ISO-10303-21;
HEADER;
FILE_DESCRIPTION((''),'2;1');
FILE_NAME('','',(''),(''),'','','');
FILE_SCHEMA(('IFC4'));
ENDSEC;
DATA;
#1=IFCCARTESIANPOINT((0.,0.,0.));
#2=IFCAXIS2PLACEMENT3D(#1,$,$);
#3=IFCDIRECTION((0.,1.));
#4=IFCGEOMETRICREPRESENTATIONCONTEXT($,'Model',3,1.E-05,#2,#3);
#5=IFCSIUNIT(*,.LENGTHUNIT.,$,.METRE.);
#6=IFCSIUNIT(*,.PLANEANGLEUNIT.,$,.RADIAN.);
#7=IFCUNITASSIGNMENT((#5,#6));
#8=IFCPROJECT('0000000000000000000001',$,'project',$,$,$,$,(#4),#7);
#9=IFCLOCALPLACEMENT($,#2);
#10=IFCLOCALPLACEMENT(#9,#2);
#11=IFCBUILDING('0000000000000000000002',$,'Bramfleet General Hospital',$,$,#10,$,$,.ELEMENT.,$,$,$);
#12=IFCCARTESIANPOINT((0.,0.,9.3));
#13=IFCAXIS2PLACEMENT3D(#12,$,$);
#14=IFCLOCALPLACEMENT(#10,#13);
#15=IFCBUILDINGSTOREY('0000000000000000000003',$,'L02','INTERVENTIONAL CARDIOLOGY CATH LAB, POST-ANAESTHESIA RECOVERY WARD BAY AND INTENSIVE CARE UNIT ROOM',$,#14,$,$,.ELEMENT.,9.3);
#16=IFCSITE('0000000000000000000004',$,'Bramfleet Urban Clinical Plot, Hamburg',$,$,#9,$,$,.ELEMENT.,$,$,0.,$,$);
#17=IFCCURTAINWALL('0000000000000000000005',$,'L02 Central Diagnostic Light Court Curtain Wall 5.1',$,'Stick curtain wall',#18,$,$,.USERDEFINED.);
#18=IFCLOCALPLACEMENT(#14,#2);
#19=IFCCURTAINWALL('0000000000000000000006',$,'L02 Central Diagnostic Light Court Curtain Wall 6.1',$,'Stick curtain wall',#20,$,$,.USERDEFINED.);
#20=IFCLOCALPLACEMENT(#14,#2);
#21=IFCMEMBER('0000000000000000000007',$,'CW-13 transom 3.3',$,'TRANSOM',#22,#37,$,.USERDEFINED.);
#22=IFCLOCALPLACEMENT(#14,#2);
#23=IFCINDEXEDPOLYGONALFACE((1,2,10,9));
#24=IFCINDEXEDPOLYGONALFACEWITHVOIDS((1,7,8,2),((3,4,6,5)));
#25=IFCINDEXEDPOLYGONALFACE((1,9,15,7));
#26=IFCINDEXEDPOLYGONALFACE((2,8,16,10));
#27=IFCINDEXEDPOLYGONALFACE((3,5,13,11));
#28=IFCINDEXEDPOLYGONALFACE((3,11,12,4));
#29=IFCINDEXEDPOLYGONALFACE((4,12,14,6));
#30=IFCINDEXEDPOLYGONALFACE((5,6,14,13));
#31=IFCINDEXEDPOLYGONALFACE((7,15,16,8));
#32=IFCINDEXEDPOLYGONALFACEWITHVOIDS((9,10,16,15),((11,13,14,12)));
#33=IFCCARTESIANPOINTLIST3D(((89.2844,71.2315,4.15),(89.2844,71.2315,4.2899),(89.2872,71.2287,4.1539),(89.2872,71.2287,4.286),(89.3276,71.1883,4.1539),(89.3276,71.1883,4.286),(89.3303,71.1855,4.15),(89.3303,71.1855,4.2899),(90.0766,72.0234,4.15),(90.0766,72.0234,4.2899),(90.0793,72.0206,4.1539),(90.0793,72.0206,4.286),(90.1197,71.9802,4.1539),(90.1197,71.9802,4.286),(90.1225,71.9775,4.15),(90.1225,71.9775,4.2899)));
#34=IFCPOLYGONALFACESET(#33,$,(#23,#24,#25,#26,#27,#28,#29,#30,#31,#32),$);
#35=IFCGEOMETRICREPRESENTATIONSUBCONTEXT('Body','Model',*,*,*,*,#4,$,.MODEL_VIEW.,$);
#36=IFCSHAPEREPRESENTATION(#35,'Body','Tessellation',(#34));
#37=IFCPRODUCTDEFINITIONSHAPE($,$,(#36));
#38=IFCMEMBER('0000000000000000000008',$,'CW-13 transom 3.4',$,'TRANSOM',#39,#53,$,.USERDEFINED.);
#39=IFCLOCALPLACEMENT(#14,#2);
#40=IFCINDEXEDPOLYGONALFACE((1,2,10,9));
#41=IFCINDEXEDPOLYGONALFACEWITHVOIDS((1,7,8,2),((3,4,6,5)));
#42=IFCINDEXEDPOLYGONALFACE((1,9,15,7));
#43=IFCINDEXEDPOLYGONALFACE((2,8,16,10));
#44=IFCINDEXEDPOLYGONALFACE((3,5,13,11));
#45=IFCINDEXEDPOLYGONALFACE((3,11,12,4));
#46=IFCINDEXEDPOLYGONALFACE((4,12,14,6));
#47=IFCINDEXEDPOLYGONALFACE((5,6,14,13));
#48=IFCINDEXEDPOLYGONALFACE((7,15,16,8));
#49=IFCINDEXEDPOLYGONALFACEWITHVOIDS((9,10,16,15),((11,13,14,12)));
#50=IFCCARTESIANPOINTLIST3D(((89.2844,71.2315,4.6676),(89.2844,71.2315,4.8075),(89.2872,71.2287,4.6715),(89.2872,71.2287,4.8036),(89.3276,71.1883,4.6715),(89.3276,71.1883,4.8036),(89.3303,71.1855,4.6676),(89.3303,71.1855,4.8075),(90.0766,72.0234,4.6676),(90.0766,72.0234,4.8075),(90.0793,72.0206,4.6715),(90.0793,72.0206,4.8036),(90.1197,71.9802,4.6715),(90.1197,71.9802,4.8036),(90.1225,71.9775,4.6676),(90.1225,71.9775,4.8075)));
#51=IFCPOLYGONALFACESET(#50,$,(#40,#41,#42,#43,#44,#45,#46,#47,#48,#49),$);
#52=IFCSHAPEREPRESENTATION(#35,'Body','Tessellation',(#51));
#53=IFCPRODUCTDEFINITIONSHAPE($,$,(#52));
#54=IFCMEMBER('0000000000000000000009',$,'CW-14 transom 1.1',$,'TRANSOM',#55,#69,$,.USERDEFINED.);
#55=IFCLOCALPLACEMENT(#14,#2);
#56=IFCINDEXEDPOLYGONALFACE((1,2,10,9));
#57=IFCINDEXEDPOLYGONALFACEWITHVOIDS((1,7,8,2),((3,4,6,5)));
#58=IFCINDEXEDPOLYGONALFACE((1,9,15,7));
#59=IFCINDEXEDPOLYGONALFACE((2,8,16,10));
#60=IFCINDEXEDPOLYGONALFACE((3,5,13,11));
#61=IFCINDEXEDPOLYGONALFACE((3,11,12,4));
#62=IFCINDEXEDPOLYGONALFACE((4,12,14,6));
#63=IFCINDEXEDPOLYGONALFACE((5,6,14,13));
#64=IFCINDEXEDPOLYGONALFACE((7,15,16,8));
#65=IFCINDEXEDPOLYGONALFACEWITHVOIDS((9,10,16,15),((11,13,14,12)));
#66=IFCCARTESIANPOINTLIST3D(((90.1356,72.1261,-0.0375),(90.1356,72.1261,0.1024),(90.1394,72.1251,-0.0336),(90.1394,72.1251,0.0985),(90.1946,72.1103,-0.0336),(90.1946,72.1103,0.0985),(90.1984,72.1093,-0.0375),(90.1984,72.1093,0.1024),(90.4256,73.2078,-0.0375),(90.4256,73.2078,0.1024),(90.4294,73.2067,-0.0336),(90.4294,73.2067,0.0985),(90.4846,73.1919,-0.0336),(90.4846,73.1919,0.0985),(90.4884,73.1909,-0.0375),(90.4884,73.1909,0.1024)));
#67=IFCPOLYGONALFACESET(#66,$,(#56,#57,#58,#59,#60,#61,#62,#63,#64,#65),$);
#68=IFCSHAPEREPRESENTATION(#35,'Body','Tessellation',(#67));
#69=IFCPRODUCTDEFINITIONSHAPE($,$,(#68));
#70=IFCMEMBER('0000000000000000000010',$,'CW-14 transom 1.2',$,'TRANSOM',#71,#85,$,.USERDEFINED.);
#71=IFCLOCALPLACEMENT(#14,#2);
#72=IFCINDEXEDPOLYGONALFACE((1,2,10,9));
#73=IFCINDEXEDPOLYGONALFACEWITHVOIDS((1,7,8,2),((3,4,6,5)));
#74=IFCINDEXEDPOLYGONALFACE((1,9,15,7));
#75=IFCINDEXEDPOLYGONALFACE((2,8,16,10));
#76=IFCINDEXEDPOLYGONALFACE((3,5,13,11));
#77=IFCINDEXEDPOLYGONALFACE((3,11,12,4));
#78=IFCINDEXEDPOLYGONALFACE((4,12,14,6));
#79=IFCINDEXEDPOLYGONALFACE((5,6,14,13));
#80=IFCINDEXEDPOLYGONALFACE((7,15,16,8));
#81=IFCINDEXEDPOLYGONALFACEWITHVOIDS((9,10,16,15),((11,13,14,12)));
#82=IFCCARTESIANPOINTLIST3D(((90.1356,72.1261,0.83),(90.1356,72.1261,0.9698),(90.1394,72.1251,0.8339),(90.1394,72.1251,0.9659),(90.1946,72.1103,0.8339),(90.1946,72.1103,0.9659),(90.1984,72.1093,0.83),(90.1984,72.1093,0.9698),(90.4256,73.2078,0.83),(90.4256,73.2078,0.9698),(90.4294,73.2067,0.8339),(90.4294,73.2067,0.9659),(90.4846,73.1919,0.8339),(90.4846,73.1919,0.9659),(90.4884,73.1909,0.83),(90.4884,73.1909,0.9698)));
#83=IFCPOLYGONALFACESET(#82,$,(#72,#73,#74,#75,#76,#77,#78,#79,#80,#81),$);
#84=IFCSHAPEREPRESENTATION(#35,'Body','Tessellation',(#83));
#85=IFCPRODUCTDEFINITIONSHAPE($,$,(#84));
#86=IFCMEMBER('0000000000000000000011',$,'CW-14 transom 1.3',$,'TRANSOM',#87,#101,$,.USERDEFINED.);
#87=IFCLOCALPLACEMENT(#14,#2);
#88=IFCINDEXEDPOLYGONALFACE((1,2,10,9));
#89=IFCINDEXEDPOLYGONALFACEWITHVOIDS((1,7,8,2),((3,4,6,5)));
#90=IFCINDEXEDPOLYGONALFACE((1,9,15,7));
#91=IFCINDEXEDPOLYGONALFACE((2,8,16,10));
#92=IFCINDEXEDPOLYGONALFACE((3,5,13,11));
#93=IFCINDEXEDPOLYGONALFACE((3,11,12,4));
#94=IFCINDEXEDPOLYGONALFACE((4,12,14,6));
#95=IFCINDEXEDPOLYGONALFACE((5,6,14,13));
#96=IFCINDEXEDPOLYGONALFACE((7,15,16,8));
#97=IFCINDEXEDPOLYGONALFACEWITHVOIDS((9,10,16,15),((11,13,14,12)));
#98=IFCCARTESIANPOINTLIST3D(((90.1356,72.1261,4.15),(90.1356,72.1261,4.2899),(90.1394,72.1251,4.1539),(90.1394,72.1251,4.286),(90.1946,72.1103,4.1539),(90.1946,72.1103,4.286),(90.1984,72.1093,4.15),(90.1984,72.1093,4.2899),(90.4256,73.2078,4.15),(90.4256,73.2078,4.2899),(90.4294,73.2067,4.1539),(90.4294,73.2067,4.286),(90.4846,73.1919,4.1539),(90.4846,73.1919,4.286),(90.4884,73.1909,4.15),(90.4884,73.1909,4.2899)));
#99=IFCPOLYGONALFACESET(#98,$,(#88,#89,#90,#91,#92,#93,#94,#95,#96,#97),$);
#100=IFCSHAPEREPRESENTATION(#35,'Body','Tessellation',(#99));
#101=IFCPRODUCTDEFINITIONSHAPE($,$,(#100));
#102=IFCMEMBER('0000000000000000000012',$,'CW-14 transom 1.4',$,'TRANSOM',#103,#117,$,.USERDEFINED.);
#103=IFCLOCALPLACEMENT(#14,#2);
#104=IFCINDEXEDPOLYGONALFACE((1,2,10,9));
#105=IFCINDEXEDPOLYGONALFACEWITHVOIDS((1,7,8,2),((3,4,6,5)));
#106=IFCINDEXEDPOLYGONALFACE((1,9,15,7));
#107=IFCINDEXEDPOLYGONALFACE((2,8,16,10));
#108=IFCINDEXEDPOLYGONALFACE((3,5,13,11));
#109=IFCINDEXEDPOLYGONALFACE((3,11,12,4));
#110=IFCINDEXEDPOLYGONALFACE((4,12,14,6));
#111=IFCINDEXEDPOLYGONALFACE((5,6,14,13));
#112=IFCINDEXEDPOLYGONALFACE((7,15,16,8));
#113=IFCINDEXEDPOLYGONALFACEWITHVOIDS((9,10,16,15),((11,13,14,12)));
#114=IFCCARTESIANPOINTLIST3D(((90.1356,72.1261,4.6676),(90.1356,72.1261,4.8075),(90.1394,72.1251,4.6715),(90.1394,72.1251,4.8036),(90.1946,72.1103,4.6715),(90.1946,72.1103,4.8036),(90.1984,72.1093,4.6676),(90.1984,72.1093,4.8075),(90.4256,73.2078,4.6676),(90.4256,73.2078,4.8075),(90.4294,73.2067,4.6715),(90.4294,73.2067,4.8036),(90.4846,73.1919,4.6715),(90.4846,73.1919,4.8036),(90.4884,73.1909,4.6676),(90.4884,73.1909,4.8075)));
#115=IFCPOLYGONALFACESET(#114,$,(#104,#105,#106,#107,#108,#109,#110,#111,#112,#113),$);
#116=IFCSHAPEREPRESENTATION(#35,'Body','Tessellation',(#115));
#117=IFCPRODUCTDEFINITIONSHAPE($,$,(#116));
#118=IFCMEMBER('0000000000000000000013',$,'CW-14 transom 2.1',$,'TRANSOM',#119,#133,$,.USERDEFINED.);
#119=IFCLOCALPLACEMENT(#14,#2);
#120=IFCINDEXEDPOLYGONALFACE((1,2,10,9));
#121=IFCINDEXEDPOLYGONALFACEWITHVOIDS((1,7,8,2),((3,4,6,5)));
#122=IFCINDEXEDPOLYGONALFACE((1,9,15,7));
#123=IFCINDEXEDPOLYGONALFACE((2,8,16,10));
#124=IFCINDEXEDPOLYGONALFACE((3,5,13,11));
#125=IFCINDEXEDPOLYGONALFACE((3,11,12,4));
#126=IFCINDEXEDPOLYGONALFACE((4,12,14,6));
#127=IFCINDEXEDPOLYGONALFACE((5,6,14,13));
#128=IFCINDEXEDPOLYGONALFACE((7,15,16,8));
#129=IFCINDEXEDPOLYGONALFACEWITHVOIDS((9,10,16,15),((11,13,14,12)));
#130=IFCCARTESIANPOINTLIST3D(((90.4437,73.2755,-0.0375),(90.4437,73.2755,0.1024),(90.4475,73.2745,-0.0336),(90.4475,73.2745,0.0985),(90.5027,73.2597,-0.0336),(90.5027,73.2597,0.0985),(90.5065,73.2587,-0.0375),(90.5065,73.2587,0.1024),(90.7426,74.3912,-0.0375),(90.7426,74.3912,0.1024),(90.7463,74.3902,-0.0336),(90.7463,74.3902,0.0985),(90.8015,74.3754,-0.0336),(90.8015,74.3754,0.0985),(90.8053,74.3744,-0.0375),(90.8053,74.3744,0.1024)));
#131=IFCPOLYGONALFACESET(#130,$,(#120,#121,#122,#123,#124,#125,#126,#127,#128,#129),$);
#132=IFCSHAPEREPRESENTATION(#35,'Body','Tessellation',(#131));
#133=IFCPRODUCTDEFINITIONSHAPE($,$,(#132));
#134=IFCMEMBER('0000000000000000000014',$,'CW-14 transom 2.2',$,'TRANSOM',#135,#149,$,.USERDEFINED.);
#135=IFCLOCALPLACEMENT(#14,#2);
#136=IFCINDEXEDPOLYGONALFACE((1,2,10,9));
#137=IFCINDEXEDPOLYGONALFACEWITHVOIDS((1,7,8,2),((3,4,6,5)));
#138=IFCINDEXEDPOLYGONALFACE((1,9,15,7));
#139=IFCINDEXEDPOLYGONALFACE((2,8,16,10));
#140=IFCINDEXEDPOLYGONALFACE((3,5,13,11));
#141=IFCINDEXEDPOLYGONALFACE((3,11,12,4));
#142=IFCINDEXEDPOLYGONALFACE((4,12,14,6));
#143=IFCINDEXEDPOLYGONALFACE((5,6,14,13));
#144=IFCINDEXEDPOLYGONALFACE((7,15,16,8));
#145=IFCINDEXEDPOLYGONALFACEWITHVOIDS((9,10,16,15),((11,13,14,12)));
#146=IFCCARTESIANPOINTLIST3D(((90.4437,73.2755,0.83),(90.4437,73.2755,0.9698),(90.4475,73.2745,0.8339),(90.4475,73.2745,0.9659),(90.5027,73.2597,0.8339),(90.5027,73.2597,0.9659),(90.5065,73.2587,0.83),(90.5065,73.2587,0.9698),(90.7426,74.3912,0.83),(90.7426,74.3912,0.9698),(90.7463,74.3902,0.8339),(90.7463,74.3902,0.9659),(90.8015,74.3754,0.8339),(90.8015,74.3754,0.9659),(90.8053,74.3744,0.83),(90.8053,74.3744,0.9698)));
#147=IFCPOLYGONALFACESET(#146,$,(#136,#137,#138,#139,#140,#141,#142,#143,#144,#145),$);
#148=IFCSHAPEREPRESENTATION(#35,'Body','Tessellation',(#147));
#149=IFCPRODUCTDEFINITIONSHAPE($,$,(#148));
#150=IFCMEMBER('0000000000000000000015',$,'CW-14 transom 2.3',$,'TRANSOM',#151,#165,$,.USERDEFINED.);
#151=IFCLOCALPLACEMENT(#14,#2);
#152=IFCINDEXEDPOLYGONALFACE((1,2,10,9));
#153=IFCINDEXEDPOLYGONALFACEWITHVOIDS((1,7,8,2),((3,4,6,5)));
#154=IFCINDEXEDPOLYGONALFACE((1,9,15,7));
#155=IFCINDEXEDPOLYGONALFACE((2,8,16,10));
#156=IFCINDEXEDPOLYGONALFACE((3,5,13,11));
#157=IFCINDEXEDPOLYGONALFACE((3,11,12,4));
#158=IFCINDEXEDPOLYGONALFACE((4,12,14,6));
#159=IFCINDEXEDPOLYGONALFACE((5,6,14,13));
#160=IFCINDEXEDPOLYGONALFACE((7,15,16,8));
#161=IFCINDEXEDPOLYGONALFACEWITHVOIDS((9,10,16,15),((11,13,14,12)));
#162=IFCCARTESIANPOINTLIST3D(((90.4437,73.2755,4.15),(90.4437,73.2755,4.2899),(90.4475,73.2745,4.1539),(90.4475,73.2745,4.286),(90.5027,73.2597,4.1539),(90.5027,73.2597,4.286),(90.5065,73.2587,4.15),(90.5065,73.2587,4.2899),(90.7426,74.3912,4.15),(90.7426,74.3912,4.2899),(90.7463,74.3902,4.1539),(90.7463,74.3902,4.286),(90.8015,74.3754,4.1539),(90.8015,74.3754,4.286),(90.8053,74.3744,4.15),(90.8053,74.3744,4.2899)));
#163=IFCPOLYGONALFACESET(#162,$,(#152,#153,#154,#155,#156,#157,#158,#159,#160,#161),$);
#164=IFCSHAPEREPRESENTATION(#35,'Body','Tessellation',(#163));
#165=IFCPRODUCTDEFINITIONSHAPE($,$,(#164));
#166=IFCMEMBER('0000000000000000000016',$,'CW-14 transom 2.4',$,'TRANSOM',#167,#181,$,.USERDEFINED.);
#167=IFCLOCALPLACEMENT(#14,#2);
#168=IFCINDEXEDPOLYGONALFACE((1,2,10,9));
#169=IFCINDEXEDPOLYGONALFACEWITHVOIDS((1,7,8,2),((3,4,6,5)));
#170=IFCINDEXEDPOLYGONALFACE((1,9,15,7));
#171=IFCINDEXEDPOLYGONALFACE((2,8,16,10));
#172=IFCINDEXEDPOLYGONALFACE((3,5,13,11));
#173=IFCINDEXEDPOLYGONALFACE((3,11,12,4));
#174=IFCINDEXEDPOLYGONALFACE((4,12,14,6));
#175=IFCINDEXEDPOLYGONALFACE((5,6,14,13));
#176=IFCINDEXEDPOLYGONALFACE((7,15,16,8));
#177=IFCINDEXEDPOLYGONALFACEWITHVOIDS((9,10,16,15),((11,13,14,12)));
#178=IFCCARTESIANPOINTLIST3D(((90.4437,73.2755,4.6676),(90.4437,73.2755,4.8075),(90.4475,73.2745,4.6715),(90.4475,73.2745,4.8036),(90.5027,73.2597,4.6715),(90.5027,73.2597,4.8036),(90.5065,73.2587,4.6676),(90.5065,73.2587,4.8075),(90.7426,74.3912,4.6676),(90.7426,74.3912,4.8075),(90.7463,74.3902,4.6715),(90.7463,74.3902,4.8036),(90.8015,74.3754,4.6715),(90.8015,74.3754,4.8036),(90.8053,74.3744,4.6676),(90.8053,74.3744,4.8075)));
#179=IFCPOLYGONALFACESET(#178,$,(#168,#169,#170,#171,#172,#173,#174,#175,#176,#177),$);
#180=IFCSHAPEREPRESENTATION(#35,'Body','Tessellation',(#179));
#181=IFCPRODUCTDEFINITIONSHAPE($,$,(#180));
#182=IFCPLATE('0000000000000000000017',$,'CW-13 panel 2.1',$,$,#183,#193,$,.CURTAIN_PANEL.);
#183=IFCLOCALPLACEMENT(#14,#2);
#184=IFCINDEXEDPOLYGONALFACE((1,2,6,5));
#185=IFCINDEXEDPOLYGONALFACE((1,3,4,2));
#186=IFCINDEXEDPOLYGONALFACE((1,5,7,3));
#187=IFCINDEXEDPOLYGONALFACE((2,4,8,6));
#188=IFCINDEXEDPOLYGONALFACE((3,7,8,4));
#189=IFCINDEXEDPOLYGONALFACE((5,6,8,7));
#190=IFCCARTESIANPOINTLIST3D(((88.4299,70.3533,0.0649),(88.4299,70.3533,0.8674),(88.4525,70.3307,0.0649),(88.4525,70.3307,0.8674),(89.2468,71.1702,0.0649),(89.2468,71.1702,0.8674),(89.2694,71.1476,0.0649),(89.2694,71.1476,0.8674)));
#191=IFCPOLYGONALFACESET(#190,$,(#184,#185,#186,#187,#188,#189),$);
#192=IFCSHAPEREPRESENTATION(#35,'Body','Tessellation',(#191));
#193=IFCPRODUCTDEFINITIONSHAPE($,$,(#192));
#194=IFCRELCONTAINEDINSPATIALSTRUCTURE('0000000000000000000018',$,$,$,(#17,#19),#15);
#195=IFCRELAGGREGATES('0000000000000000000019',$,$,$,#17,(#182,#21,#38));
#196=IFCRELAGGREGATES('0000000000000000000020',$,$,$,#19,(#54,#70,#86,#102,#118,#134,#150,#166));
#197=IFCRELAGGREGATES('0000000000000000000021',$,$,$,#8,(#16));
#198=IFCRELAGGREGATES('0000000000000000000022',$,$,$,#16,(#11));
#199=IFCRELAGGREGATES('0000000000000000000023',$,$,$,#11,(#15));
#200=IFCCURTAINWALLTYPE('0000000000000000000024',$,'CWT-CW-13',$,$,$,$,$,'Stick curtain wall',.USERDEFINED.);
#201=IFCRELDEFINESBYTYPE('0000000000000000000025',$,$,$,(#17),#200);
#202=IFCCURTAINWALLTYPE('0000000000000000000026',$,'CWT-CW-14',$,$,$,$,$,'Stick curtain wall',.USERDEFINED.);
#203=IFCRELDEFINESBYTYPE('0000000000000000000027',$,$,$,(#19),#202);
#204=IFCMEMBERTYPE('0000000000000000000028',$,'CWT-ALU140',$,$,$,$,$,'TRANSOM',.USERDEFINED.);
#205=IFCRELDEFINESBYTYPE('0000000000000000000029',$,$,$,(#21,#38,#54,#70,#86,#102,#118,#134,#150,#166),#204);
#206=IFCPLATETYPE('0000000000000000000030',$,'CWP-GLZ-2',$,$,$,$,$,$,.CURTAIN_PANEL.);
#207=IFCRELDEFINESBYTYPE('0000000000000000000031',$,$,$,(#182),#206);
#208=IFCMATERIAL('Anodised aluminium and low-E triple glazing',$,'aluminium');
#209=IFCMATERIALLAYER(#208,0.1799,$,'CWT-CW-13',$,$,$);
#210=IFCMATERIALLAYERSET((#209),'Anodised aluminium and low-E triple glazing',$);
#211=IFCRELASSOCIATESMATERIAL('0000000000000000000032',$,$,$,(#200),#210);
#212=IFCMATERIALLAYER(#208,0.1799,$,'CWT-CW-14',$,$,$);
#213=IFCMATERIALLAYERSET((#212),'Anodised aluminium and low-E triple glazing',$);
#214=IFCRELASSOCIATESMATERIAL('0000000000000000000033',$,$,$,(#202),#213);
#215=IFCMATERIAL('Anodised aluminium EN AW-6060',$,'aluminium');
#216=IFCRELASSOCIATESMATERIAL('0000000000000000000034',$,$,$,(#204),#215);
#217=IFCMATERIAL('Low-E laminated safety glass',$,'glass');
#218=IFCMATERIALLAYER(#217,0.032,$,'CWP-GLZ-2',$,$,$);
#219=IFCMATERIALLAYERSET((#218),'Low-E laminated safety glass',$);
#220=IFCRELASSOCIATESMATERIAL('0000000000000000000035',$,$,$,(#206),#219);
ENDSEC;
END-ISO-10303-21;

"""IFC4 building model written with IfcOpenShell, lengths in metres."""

from ifc_helpers import new_model, si_unit, direction, frame, origin, origin_2d, place, context, subcontext, project, spatial, rectangle, hollow_rectangle, extrude, material, layer, layer_set, material_profile, profile_set, type_object, element, aggregate, save


model = new_model("IFC4")

# Units and contexts
model_context = context("Model", 3, precision=1e-05, world=origin(), true_north=direction((0.0, 1.0)))
body_context = subcontext(model_context, "Body", "Model", "MODEL_VIEW")
ifc_project = project(units=[si_unit("LENGTHUNIT", "METRE"), si_unit("PLANEANGLEUNIT", "RADIAN")], contexts=[model_context])

# Site, building, storey
site_placement = place(None, origin())
site = spatial("IfcSite", under=ifc_project, at=site_placement, Name="Bramfleet Urban Clinical Plot, Hamburg", CompositionType="ELEMENT", RefElevation=0.0)
building_placement = place(site_placement, origin())
building = spatial("IfcBuilding", under=site, at=building_placement, Name="Bramfleet General Hospital", CompositionType="ELEMENT")
storey_placement = place(building_placement, frame((0.0, 0.0, 9.3)))
storey = spatial("IfcBuildingStorey", under=building, at=storey_placement, Name="L02", Description="INTERVENTIONAL CARDIOLOGY CATH LAB, POST-ANAESTHESIA RECOVERY WARD BAY AND INTENSIVE CARE UNIT ROOM", CompositionType="ELEMENT", Elevation=9.3)

# Curtain walls
ifc_material_1 = material(Name="Anodised aluminium and low-E triple glazing", Category="aluminium")
ifc_layer_1 = layer(ifc_material_1, 0.1799, Name="CWT-CW-13")
ifc_layer_set_1 = layer_set([ifc_layer_1], Name="Anodised aluminium and low-E triple glazing")
curtain_wall_type_1 = type_object("IfcCurtainWallType", Name="CWT-CW-13", ElementType="Stick curtain wall", PredefinedType="USERDEFINED", material=ifc_layer_set_1)
curtain_wall_1_placement = place(storey_placement, origin())
curtain_wall_1 = element("IfcCurtainWall", 1, at=curtain_wall_1_placement, inside=storey, type_object=curtain_wall_type_1, Name="L02 Central Diagnostic Light Court Curtain Wall 5.1", ObjectType="Stick curtain wall", PredefinedType="USERDEFINED")
ifc_material_2 = material(Name="Anodised aluminium EN AW-6060", Category="aluminium")
ifc_layer_2 = layer(ifc_material_1, 0.1799, Name="CWT-CW-14")
ifc_layer_set_2 = layer_set([ifc_layer_2], Name="Anodised aluminium and low-E triple glazing")
curtain_wall_type_2 = type_object("IfcCurtainWallType", Name="CWT-CW-14", ElementType="Stick curtain wall", PredefinedType="USERDEFINED", material=ifc_layer_set_2)
curtain_wall_2_placement = place(storey_placement, origin())
curtain_wall_2 = element("IfcCurtainWall", 2, at=curtain_wall_2_placement, inside=storey, type_object=curtain_wall_type_2, Name="L02 Central Diagnostic Light Court Curtain Wall 6.1", ObjectType="Stick curtain wall", PredefinedType="USERDEFINED")

# Members
ifc_material_profile_1 = material_profile(ifc_material_2, hollow_rectangle(XDim=0.0649, YDim=0.1399, WallThickness=0.0039, at=origin_2d()), Name="ALU 140x65x4.0")
ifc_profile_set_1 = profile_set([ifc_material_profile_1], Name="Anodised aluminium EN AW-6060")
member_type_1 = type_object("IfcMemberType", Name="CWT-ALU140", ElementType="TRANSOM", PredefinedType="USERDEFINED", material=ifc_profile_set_1)
member_1_placement = place(storey_placement, frame((89.3074, 71.2085, 4.22), z_axis=(0.707216, 0.706998, 0.0), x_axis=(-0.706998, 0.707216, 0.0)))
member_1 = element("IfcMember", 3, at=member_1_placement, type_object=member_type_1, Name="CW-13 transom 3.3", ObjectType="TRANSOM", PredefinedType="USERDEFINED", context=body_context, shape_type="SweptSolid", body=[
    extrude(hollow_rectangle(XDim=0.0649, YDim=0.1399, WallThickness=0.0039, at=origin_2d()), origin(), (0.0, 0.0, 1.0), 1.1201),
])
member_2_placement = place(storey_placement, frame((89.3074, 71.2085, 4.7375), z_axis=(0.707216, 0.706998, 0.0), x_axis=(-0.706998, 0.707216, 0.0)))
member_2 = element("IfcMember", 4, at=member_2_placement, type_object=member_type_1, Name="CW-13 transom 3.4", ObjectType="TRANSOM", PredefinedType="USERDEFINED", context=body_context, shape_type="SweptSolid", body=[
    extrude(hollow_rectangle(XDim=0.0649, YDim=0.1399, WallThickness=0.0039, at=origin_2d()), origin(), (0.0, 0.0, 1.0), 1.1201),
])
member_3_placement = place(storey_placement, frame((90.167, 72.1177, 0.0325), z_axis=(0.258965, 0.965887, 0.0), x_axis=(-0.965887, 0.258965, 0.0)))
member_3 = element("IfcMember", 5, at=member_3_placement, type_object=member_type_1, Name="CW-14 transom 1.1", ObjectType="TRANSOM", PredefinedType="USERDEFINED", context=body_context, shape_type="SweptSolid", body=[
    extrude(hollow_rectangle(XDim=0.0649, YDim=0.1399, WallThickness=0.0039, at=origin_2d()), origin(), (0.0, 0.0, 1.0), 1.1199),
])
member_4_placement = place(storey_placement, frame((90.167, 72.1177, 0.8999), z_axis=(0.258965, 0.965887, 0.0), x_axis=(-0.965887, 0.258965, 0.0)))
member_4 = element("IfcMember", 6, at=member_4_placement, type_object=member_type_1, Name="CW-14 transom 1.2", ObjectType="TRANSOM", PredefinedType="USERDEFINED", context=body_context, shape_type="SweptSolid", body=[
    extrude(hollow_rectangle(XDim=0.0649, YDim=0.1399, WallThickness=0.0039, at=origin_2d()), origin(), (0.0, 0.0, 1.0), 1.1199),
])
member_5_placement = place(storey_placement, frame((90.167, 72.1177, 4.22), z_axis=(0.258965, 0.965887, 0.0), x_axis=(-0.965887, 0.258965, 0.0)))
member_5 = element("IfcMember", 7, at=member_5_placement, type_object=member_type_1, Name="CW-14 transom 1.3", ObjectType="TRANSOM", PredefinedType="USERDEFINED", context=body_context, shape_type="SweptSolid", body=[
    extrude(hollow_rectangle(XDim=0.0649, YDim=0.1399, WallThickness=0.0039, at=origin_2d()), origin(), (0.0, 0.0, 1.0), 1.1199),
])
member_6_placement = place(storey_placement, frame((90.167, 72.1177, 4.7375), z_axis=(0.258965, 0.965887, 0.0), x_axis=(-0.965887, 0.258965, 0.0)))
member_6 = element("IfcMember", 8, at=member_6_placement, type_object=member_type_1, Name="CW-14 transom 1.4", ObjectType="TRANSOM", PredefinedType="USERDEFINED", context=body_context, shape_type="SweptSolid", body=[
    extrude(hollow_rectangle(XDim=0.0649, YDim=0.1399, WallThickness=0.0039, at=origin_2d()), origin(), (0.0, 0.0, 1.0), 1.1199),
])
member_7_placement = place(storey_placement, frame((90.4751, 73.2671, 0.0325), z_axis=(0.258715, 0.965954, 0.0), x_axis=(-0.965954, 0.258715, 0.0)))
member_7 = element("IfcMember", 9, at=member_7_placement, type_object=member_type_1, Name="CW-14 transom 2.1", ObjectType="TRANSOM", PredefinedType="USERDEFINED", context=body_context, shape_type="SweptSolid", body=[
    extrude(hollow_rectangle(XDim=0.0649, YDim=0.1399, WallThickness=0.0039, at=origin_2d()), origin(), (0.0, 0.0, 1.0), 1.155),
])
member_8_placement = place(storey_placement, frame((90.4751, 73.2671, 0.8999), z_axis=(0.258715, 0.965954, 0.0), x_axis=(-0.965954, 0.258715, 0.0)))
member_8 = element("IfcMember", 10, at=member_8_placement, type_object=member_type_1, Name="CW-14 transom 2.2", ObjectType="TRANSOM", PredefinedType="USERDEFINED", context=body_context, shape_type="SweptSolid", body=[
    extrude(hollow_rectangle(XDim=0.0649, YDim=0.1399, WallThickness=0.0039, at=origin_2d()), origin(), (0.0, 0.0, 1.0), 1.155),
])
member_9_placement = place(storey_placement, frame((90.4751, 73.2671, 4.22), z_axis=(0.258715, 0.965954, 0.0), x_axis=(-0.965954, 0.258715, 0.0)))
member_9 = element("IfcMember", 11, at=member_9_placement, type_object=member_type_1, Name="CW-14 transom 2.3", ObjectType="TRANSOM", PredefinedType="USERDEFINED", context=body_context, shape_type="SweptSolid", body=[
    extrude(hollow_rectangle(XDim=0.0649, YDim=0.1399, WallThickness=0.0039, at=origin_2d()), origin(), (0.0, 0.0, 1.0), 1.155),
])
member_10_placement = place(storey_placement, frame((90.4751, 73.2671, 4.7375), z_axis=(0.258715, 0.965954, 0.0), x_axis=(-0.965954, 0.258715, 0.0)))
member_10 = element("IfcMember", 12, at=member_10_placement, type_object=member_type_1, Name="CW-14 transom 2.4", ObjectType="TRANSOM", PredefinedType="USERDEFINED", context=body_context, shape_type="SweptSolid", body=[
    extrude(hollow_rectangle(XDim=0.0649, YDim=0.1399, WallThickness=0.0039, at=origin_2d()), origin(), (0.0, 0.0, 1.0), 1.155),
])

# Plate
ifc_material_3 = material(Name="Low-E laminated safety glass", Category="glass")
ifc_layer_3 = layer(ifc_material_3, 0.032, Name="CWP-GLZ-2")
ifc_layer_set_3 = layer_set([ifc_layer_3], Name="Low-E laminated safety glass")
plate_type = type_object("IfcPlateType", Name="CWP-GLZ-2", PredefinedType="CURTAIN_PANEL", material=ifc_layer_set_3)
plate_1_placement = place(storey_placement, frame((88.8496, 70.7505, 0.0649), z_axis=(0.0, 0.0, 1.0), x_axis=(0.707107, 0.707107, 0.0)))
plate_1 = element("IfcPlate", 13, at=plate_1_placement, type_object=plate_type, Name="CW-13 panel 2.1", PredefinedType="CURTAIN_PANEL", context=body_context, shape_type="SweptSolid", body=[
    extrude(rectangle(XDim=1.1553, YDim=0.032, at=origin_2d()), origin(), (0.0, 0.0, 1.0), 0.8025),
])
aggregate(curtain_wall_1, [plate_1, member_1, member_2])
aggregate(curtain_wall_2, [member_3, member_4, member_5, member_6, member_7, member_8, member_9, member_10])

save(model, "model.ifc")
